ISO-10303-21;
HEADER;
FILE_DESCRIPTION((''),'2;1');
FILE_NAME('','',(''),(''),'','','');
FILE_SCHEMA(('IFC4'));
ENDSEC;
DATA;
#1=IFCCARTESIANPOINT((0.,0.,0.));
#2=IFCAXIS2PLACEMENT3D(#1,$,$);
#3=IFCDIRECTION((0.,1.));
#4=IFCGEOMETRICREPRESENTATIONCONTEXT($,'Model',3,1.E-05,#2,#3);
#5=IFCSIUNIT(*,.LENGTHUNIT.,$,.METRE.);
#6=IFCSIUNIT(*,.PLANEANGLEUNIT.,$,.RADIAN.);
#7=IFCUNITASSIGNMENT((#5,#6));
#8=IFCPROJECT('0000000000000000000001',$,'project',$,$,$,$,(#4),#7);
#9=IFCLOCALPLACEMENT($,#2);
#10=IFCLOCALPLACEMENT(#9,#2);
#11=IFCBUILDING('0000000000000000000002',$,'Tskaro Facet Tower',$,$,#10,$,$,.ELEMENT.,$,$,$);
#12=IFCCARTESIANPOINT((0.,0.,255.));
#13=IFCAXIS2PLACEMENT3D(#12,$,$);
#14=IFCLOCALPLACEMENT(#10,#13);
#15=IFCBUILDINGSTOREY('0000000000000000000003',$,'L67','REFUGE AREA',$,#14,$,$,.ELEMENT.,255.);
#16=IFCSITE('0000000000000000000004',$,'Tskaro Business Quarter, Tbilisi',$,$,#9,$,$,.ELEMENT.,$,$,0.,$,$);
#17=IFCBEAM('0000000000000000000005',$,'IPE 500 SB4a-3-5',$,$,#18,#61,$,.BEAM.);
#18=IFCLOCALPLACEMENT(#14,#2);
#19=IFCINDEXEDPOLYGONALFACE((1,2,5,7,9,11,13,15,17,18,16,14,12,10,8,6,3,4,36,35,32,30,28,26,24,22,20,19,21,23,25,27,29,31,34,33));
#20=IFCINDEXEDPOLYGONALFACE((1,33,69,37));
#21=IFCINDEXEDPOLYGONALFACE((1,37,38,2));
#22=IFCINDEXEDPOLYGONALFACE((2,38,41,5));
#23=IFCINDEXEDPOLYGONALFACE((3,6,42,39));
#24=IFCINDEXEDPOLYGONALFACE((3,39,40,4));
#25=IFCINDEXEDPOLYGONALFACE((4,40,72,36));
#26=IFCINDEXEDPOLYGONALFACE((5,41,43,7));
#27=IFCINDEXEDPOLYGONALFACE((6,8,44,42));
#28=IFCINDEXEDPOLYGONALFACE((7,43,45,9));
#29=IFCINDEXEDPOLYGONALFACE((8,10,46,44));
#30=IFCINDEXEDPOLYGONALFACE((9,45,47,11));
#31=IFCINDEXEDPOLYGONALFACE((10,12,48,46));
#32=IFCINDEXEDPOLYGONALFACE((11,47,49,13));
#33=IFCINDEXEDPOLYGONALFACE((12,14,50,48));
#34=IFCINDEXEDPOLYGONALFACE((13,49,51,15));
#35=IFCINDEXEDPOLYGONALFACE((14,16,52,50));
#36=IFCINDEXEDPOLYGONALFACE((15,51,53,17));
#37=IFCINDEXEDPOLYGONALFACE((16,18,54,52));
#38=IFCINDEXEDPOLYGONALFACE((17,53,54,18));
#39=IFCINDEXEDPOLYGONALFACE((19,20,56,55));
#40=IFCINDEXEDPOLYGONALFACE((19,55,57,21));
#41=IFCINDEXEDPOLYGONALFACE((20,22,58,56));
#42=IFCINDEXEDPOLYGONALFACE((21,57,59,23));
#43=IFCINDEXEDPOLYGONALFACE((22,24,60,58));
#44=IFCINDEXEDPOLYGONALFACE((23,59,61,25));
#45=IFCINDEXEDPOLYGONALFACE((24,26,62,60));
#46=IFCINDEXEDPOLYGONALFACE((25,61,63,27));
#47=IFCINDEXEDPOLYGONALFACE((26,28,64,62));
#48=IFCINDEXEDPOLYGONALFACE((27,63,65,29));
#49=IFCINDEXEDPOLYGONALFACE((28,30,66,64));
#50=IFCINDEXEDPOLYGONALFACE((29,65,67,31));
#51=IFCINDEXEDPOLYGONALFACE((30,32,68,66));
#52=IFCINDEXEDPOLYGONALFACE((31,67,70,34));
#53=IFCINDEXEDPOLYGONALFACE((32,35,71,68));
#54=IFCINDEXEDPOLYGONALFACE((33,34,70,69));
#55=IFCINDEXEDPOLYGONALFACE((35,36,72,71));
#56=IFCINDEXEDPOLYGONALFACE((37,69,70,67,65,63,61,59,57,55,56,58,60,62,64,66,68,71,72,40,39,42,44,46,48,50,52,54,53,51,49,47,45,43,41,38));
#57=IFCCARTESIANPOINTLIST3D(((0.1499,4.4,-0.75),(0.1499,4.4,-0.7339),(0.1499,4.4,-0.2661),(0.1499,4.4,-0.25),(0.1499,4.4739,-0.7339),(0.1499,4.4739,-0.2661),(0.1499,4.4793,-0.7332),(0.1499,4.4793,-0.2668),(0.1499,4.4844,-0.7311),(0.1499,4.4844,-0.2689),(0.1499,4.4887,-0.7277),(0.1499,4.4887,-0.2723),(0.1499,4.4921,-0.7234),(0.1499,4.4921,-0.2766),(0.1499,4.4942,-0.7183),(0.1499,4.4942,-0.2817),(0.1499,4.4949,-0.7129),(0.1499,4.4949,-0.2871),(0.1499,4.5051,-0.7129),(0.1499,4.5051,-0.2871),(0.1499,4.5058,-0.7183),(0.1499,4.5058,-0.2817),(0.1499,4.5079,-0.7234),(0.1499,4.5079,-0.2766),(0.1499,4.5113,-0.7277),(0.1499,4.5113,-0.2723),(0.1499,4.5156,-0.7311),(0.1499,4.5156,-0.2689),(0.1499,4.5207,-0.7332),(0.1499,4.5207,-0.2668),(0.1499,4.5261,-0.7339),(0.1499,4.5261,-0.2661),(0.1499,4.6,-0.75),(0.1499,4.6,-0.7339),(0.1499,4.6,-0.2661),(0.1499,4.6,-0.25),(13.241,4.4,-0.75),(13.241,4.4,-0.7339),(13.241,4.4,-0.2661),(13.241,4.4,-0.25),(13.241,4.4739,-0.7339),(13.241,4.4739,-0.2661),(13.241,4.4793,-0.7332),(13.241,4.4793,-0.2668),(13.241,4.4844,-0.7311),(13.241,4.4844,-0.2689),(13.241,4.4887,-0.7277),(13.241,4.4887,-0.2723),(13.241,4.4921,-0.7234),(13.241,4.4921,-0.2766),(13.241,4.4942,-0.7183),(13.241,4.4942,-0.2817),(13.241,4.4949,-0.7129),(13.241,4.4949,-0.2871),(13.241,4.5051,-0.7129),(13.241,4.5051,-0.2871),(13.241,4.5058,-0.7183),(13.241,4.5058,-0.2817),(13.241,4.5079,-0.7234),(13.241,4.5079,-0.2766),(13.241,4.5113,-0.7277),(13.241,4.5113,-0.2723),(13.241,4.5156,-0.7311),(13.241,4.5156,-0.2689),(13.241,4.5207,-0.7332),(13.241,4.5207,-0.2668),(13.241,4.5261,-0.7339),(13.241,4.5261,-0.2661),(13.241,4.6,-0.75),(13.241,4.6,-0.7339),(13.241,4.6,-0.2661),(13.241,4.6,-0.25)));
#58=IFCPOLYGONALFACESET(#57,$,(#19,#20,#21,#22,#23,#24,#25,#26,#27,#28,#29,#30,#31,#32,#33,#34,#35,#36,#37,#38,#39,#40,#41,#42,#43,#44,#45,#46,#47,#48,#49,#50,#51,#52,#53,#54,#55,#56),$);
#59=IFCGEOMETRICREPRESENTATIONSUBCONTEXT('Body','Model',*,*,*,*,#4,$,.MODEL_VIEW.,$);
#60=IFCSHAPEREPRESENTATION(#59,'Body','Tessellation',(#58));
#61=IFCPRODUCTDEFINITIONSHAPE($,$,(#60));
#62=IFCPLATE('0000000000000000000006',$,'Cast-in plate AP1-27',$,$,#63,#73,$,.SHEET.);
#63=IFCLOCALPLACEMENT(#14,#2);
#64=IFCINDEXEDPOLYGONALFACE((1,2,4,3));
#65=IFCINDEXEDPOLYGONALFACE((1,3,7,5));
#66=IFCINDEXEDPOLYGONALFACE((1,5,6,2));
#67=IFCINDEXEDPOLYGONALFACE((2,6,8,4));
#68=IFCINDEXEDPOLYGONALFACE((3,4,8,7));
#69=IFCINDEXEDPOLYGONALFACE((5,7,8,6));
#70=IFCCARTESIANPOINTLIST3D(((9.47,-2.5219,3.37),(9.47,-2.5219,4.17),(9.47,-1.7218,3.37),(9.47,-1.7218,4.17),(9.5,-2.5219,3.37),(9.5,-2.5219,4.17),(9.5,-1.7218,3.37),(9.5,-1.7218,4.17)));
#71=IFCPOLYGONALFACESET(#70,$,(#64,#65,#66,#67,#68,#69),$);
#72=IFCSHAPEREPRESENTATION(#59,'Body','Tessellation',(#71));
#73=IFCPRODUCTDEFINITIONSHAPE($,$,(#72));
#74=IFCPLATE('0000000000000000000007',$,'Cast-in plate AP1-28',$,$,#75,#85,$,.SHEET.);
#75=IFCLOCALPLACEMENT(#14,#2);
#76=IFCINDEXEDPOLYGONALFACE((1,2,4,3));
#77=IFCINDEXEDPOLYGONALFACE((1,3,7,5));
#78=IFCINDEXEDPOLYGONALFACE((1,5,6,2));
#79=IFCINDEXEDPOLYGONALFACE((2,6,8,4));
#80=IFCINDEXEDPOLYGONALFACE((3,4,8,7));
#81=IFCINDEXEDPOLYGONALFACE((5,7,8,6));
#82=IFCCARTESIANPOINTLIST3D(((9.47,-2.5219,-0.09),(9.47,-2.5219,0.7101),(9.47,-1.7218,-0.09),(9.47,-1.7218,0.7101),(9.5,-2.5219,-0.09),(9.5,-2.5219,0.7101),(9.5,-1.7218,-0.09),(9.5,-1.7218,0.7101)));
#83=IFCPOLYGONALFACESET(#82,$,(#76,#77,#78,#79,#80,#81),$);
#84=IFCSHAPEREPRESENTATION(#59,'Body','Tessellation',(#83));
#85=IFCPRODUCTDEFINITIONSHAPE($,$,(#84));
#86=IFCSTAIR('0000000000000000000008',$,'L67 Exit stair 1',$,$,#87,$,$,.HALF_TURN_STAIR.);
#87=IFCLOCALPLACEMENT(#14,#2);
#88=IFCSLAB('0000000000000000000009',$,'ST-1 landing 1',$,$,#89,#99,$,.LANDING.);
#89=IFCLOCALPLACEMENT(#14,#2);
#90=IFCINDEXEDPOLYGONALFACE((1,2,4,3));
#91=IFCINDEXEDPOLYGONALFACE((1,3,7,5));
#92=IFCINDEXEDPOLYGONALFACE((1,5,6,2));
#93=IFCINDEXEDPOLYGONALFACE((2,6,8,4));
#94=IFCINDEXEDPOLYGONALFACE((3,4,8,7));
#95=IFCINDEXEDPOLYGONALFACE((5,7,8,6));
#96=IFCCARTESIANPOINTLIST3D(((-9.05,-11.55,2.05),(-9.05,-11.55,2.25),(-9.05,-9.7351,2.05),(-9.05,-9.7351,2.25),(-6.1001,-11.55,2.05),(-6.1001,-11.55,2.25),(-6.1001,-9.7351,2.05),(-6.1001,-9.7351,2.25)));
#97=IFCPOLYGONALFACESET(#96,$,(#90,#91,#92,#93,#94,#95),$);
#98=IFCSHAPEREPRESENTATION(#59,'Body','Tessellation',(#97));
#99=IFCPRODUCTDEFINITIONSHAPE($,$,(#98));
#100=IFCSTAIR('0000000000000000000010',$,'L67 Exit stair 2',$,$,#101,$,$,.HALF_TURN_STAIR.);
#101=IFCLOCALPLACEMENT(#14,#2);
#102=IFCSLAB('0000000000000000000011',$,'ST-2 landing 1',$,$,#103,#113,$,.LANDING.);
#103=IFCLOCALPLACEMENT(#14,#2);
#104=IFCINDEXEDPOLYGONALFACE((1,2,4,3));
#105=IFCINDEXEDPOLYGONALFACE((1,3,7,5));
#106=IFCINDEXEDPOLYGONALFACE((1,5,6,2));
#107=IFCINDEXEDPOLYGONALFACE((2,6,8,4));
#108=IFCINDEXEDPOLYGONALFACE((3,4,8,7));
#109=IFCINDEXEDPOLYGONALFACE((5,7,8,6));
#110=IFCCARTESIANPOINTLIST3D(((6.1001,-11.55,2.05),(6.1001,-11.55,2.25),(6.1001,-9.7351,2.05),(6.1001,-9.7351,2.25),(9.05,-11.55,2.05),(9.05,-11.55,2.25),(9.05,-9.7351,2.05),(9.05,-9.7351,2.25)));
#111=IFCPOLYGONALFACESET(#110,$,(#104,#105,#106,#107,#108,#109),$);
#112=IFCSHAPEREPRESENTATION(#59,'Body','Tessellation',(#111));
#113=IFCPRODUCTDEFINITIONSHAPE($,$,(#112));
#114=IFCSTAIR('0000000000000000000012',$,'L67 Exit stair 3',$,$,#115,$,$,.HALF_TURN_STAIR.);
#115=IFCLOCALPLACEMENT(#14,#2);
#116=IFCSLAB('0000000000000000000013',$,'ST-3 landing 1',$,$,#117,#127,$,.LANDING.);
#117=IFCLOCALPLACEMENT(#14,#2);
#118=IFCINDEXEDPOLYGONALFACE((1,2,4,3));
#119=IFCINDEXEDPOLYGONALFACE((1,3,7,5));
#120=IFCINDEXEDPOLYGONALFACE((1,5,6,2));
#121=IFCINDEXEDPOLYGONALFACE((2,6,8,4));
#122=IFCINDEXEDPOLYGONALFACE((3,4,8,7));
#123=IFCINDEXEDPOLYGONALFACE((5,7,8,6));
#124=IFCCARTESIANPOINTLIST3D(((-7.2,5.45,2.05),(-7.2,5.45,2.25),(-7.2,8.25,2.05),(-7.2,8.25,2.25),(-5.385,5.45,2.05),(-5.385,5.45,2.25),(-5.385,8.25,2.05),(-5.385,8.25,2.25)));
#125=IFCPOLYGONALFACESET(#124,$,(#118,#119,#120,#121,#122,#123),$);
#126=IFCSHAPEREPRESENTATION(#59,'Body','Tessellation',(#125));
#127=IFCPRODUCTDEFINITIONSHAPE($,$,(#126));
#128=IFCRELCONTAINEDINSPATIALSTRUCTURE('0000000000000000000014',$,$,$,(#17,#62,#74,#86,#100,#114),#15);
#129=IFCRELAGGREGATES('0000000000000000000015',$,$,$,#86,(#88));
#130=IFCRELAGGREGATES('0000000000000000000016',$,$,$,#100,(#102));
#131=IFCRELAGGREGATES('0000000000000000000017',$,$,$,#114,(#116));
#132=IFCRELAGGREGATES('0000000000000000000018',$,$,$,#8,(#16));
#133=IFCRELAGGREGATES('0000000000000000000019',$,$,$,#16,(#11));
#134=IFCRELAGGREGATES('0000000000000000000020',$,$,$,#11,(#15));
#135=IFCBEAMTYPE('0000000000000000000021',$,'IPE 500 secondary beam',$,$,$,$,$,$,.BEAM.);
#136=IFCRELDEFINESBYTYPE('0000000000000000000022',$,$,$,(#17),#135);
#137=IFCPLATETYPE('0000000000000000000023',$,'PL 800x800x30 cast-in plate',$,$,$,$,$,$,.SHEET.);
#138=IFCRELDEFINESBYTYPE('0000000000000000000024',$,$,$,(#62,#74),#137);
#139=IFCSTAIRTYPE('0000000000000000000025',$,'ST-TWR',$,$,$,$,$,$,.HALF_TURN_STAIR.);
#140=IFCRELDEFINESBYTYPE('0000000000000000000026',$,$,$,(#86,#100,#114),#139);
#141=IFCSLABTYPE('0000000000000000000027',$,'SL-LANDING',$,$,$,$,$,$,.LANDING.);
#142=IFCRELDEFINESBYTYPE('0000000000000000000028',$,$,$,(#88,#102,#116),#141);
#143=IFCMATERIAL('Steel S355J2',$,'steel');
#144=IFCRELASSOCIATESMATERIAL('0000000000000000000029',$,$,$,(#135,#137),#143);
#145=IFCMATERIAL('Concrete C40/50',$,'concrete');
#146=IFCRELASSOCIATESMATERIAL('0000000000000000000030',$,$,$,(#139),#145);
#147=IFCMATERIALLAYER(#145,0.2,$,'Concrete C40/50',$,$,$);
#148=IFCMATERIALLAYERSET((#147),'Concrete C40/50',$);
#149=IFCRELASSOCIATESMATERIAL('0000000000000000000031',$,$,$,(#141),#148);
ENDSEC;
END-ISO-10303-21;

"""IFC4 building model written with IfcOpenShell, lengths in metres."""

from ifc_helpers import new_model, si_unit, direction, frame, origin, origin_2d, place, context, subcontext, project, spatial, polyline, rectangle, i_section, outline, extrude, material, layer, layer_set, material_profile, profile_set, type_object, element, aggregate, save


model = new_model("IFC4")

# Units and contexts
model_context = context("Model", 3, precision=1e-05, world=origin(), true_north=direction((0.0, 1.0)))
body_context = subcontext(model_context, "Body", "Model", "MODEL_VIEW")
ifc_project = project(units=[si_unit("LENGTHUNIT", "METRE"), si_unit("PLANEANGLEUNIT", "RADIAN")], contexts=[model_context])

# Site, building, storey
site_placement = place(None, origin())
site = spatial("IfcSite", under=ifc_project, at=site_placement, Name="Tskaro Business Quarter, Tbilisi", CompositionType="ELEMENT", RefElevation=0.0)
building_placement = place(site_placement, origin())
building = spatial("IfcBuilding", under=site, at=building_placement, Name="Tskaro Facet Tower", CompositionType="ELEMENT")
storey_placement = place(building_placement, frame((0.0, 0.0, 255.0)))
storey = spatial("IfcBuildingStorey", under=building, at=storey_placement, Name="L67", Description="REFUGE AREA", CompositionType="ELEMENT", Elevation=255.0)

# Shared definitions
ifc_material_1 = material(Name="Steel S355J2", Category="steel")

# Beam
ifc_material_profile_1 = material_profile(ifc_material_1, i_section(OverallWidth=0.2, OverallDepth=0.5, WebThickness=0.0103, FlangeThickness=0.0161, FilletRadius=0.021, at=origin_2d()), Name="IPE 500")
ifc_profile_set_1 = profile_set([ifc_material_profile_1], Name="Steel S355J2")
beam_type_1 = type_object("IfcBeamType", Name="IPE 500 secondary beam", PredefinedType="BEAM", material=ifc_profile_set_1)
beam_1_placement = place(storey_placement, frame((0.1499, 4.5, -0.5), z_axis=(1.0, 0.0, 0.0), x_axis=(0.0, 1.0, 0.0)))
element("IfcBeam", 1, at=beam_1_placement, inside=storey, type_object=beam_type_1, Name="IPE 500 SB4a-3-5", PredefinedType="BEAM", context=body_context, shape_type="SweptSolid", body=[
    extrude(i_section(OverallWidth=0.2, OverallDepth=0.5, WebThickness=0.0103, FlangeThickness=0.0161, FilletRadius=0.021, at=origin_2d()), origin(), (0.0, 0.0, 1.0), 13.0911),
])

# Plates
ifc_material_profile_2 = material_profile(ifc_material_1, rectangle(XDim=0.8, YDim=0.8, at=origin_2d()), Name="PL 800x800x30 cast-in plate")
ifc_profile_set_2 = profile_set([ifc_material_profile_2], Name="Steel S355J2")
plate_type = type_object("IfcPlateType", Name="PL 800x800x30 cast-in plate", PredefinedType="SHEET", material=ifc_profile_set_2)
for number, where, z_axis, x_axis, name in (
    (2, (9.47, -2.1218, 3.77), (1.0, 0.0, 0.0), (0.0, 1.0, 0.0), "Cast-in plate AP1-27"),
    (3, (9.47, -2.1218, 0.3101), (1.0, 0.0, 0.0), (0.0, 1.0, 0.0), "Cast-in plate AP1-28"),
):
    element("IfcPlate", number, at=place(storey_placement, frame(where, z_axis=z_axis, x_axis=x_axis)), inside=storey, type_object=plate_type, Name=name, PredefinedType="SHEET", context=body_context, shape_type="SweptSolid", body=[
        extrude(rectangle(XDim=0.8, YDim=0.8, at=origin_2d()), origin(), (0.0, 0.0, 1.0), 0.03),
    ])

# Stairs, slabs
ifc_material_2 = material(Name="Concrete C40/50", Category="concrete")
stair_type = type_object("IfcStairType", Name="ST-TWR", PredefinedType="HALF_TURN_STAIR", material=ifc_material_2)
stair_1_placement = place(storey_placement, origin())
stair_1 = element("IfcStair", 4, at=stair_1_placement, inside=storey, type_object=stair_type, Name="L67 Exit stair 1", PredefinedType="HALF_TURN_STAIR")
ifc_layer_1 = layer(ifc_material_2, 0.2, Name="Concrete C40/50")
ifc_layer_set_1 = layer_set([ifc_layer_1], Name="Concrete C40/50")
slab_type_1 = type_object("IfcSlabType", Name="SL-LANDING", PredefinedType="LANDING", material=ifc_layer_set_1)
slab_1_placement = place(storey_placement, frame((0.0, 0.0, 2.05)))
slab_1 = element("IfcSlab", 5, at=slab_1_placement, type_object=slab_type_1, Name="ST-1 landing 1", PredefinedType="LANDING", context=body_context, shape_type="SweptSolid", body=[
    extrude(outline(polyline([(-9.05, -11.55), (-6.1001, -11.55), (-6.1001, -9.7351), (-9.05, -9.7351), (-9.05, -11.55)])), origin(), (0.0, 0.0, 1.0), 0.2),
])
aggregate(stair_1, [slab_1])
stair_2_placement = place(storey_placement, origin())
stair_2 = element("IfcStair", 6, at=stair_2_placement, inside=storey, type_object=stair_type, Name="L67 Exit stair 2", PredefinedType="HALF_TURN_STAIR")
slab_2_placement = place(storey_placement, frame((0.0, 0.0, 2.05)))
slab_2 = element("IfcSlab", 7, at=slab_2_placement, type_object=slab_type_1, Name="ST-2 landing 1", PredefinedType="LANDING", context=body_context, shape_type="SweptSolid", body=[
    extrude(outline(polyline([(6.1001, -11.55), (9.05, -11.55), (9.05, -9.7351), (6.1001, -9.7351), (6.1001, -11.55)])), origin(), (0.0, 0.0, 1.0), 0.2),
])
aggregate(stair_2, [slab_2])
stair_3_placement = place(storey_placement, origin())
stair_3 = element("IfcStair", 8, at=stair_3_placement, inside=storey, type_object=stair_type, Name="L67 Exit stair 3", PredefinedType="HALF_TURN_STAIR")
slab_3_placement = place(storey_placement, frame((0.0, 0.0, 2.05)))
slab_3 = element("IfcSlab", 9, at=slab_3_placement, type_object=slab_type_1, Name="ST-3 landing 1", PredefinedType="LANDING", context=body_context, shape_type="SweptSolid", body=[
    extrude(outline(polyline([(-7.2, 5.45), (-5.385, 5.45), (-5.385, 8.25), (-7.2, 8.25), (-7.2, 5.45)])), origin(), (0.0, 0.0, 1.0), 0.2),
])

aggregate(stair_3, [slab_3])

save(model, "model.ifc")
